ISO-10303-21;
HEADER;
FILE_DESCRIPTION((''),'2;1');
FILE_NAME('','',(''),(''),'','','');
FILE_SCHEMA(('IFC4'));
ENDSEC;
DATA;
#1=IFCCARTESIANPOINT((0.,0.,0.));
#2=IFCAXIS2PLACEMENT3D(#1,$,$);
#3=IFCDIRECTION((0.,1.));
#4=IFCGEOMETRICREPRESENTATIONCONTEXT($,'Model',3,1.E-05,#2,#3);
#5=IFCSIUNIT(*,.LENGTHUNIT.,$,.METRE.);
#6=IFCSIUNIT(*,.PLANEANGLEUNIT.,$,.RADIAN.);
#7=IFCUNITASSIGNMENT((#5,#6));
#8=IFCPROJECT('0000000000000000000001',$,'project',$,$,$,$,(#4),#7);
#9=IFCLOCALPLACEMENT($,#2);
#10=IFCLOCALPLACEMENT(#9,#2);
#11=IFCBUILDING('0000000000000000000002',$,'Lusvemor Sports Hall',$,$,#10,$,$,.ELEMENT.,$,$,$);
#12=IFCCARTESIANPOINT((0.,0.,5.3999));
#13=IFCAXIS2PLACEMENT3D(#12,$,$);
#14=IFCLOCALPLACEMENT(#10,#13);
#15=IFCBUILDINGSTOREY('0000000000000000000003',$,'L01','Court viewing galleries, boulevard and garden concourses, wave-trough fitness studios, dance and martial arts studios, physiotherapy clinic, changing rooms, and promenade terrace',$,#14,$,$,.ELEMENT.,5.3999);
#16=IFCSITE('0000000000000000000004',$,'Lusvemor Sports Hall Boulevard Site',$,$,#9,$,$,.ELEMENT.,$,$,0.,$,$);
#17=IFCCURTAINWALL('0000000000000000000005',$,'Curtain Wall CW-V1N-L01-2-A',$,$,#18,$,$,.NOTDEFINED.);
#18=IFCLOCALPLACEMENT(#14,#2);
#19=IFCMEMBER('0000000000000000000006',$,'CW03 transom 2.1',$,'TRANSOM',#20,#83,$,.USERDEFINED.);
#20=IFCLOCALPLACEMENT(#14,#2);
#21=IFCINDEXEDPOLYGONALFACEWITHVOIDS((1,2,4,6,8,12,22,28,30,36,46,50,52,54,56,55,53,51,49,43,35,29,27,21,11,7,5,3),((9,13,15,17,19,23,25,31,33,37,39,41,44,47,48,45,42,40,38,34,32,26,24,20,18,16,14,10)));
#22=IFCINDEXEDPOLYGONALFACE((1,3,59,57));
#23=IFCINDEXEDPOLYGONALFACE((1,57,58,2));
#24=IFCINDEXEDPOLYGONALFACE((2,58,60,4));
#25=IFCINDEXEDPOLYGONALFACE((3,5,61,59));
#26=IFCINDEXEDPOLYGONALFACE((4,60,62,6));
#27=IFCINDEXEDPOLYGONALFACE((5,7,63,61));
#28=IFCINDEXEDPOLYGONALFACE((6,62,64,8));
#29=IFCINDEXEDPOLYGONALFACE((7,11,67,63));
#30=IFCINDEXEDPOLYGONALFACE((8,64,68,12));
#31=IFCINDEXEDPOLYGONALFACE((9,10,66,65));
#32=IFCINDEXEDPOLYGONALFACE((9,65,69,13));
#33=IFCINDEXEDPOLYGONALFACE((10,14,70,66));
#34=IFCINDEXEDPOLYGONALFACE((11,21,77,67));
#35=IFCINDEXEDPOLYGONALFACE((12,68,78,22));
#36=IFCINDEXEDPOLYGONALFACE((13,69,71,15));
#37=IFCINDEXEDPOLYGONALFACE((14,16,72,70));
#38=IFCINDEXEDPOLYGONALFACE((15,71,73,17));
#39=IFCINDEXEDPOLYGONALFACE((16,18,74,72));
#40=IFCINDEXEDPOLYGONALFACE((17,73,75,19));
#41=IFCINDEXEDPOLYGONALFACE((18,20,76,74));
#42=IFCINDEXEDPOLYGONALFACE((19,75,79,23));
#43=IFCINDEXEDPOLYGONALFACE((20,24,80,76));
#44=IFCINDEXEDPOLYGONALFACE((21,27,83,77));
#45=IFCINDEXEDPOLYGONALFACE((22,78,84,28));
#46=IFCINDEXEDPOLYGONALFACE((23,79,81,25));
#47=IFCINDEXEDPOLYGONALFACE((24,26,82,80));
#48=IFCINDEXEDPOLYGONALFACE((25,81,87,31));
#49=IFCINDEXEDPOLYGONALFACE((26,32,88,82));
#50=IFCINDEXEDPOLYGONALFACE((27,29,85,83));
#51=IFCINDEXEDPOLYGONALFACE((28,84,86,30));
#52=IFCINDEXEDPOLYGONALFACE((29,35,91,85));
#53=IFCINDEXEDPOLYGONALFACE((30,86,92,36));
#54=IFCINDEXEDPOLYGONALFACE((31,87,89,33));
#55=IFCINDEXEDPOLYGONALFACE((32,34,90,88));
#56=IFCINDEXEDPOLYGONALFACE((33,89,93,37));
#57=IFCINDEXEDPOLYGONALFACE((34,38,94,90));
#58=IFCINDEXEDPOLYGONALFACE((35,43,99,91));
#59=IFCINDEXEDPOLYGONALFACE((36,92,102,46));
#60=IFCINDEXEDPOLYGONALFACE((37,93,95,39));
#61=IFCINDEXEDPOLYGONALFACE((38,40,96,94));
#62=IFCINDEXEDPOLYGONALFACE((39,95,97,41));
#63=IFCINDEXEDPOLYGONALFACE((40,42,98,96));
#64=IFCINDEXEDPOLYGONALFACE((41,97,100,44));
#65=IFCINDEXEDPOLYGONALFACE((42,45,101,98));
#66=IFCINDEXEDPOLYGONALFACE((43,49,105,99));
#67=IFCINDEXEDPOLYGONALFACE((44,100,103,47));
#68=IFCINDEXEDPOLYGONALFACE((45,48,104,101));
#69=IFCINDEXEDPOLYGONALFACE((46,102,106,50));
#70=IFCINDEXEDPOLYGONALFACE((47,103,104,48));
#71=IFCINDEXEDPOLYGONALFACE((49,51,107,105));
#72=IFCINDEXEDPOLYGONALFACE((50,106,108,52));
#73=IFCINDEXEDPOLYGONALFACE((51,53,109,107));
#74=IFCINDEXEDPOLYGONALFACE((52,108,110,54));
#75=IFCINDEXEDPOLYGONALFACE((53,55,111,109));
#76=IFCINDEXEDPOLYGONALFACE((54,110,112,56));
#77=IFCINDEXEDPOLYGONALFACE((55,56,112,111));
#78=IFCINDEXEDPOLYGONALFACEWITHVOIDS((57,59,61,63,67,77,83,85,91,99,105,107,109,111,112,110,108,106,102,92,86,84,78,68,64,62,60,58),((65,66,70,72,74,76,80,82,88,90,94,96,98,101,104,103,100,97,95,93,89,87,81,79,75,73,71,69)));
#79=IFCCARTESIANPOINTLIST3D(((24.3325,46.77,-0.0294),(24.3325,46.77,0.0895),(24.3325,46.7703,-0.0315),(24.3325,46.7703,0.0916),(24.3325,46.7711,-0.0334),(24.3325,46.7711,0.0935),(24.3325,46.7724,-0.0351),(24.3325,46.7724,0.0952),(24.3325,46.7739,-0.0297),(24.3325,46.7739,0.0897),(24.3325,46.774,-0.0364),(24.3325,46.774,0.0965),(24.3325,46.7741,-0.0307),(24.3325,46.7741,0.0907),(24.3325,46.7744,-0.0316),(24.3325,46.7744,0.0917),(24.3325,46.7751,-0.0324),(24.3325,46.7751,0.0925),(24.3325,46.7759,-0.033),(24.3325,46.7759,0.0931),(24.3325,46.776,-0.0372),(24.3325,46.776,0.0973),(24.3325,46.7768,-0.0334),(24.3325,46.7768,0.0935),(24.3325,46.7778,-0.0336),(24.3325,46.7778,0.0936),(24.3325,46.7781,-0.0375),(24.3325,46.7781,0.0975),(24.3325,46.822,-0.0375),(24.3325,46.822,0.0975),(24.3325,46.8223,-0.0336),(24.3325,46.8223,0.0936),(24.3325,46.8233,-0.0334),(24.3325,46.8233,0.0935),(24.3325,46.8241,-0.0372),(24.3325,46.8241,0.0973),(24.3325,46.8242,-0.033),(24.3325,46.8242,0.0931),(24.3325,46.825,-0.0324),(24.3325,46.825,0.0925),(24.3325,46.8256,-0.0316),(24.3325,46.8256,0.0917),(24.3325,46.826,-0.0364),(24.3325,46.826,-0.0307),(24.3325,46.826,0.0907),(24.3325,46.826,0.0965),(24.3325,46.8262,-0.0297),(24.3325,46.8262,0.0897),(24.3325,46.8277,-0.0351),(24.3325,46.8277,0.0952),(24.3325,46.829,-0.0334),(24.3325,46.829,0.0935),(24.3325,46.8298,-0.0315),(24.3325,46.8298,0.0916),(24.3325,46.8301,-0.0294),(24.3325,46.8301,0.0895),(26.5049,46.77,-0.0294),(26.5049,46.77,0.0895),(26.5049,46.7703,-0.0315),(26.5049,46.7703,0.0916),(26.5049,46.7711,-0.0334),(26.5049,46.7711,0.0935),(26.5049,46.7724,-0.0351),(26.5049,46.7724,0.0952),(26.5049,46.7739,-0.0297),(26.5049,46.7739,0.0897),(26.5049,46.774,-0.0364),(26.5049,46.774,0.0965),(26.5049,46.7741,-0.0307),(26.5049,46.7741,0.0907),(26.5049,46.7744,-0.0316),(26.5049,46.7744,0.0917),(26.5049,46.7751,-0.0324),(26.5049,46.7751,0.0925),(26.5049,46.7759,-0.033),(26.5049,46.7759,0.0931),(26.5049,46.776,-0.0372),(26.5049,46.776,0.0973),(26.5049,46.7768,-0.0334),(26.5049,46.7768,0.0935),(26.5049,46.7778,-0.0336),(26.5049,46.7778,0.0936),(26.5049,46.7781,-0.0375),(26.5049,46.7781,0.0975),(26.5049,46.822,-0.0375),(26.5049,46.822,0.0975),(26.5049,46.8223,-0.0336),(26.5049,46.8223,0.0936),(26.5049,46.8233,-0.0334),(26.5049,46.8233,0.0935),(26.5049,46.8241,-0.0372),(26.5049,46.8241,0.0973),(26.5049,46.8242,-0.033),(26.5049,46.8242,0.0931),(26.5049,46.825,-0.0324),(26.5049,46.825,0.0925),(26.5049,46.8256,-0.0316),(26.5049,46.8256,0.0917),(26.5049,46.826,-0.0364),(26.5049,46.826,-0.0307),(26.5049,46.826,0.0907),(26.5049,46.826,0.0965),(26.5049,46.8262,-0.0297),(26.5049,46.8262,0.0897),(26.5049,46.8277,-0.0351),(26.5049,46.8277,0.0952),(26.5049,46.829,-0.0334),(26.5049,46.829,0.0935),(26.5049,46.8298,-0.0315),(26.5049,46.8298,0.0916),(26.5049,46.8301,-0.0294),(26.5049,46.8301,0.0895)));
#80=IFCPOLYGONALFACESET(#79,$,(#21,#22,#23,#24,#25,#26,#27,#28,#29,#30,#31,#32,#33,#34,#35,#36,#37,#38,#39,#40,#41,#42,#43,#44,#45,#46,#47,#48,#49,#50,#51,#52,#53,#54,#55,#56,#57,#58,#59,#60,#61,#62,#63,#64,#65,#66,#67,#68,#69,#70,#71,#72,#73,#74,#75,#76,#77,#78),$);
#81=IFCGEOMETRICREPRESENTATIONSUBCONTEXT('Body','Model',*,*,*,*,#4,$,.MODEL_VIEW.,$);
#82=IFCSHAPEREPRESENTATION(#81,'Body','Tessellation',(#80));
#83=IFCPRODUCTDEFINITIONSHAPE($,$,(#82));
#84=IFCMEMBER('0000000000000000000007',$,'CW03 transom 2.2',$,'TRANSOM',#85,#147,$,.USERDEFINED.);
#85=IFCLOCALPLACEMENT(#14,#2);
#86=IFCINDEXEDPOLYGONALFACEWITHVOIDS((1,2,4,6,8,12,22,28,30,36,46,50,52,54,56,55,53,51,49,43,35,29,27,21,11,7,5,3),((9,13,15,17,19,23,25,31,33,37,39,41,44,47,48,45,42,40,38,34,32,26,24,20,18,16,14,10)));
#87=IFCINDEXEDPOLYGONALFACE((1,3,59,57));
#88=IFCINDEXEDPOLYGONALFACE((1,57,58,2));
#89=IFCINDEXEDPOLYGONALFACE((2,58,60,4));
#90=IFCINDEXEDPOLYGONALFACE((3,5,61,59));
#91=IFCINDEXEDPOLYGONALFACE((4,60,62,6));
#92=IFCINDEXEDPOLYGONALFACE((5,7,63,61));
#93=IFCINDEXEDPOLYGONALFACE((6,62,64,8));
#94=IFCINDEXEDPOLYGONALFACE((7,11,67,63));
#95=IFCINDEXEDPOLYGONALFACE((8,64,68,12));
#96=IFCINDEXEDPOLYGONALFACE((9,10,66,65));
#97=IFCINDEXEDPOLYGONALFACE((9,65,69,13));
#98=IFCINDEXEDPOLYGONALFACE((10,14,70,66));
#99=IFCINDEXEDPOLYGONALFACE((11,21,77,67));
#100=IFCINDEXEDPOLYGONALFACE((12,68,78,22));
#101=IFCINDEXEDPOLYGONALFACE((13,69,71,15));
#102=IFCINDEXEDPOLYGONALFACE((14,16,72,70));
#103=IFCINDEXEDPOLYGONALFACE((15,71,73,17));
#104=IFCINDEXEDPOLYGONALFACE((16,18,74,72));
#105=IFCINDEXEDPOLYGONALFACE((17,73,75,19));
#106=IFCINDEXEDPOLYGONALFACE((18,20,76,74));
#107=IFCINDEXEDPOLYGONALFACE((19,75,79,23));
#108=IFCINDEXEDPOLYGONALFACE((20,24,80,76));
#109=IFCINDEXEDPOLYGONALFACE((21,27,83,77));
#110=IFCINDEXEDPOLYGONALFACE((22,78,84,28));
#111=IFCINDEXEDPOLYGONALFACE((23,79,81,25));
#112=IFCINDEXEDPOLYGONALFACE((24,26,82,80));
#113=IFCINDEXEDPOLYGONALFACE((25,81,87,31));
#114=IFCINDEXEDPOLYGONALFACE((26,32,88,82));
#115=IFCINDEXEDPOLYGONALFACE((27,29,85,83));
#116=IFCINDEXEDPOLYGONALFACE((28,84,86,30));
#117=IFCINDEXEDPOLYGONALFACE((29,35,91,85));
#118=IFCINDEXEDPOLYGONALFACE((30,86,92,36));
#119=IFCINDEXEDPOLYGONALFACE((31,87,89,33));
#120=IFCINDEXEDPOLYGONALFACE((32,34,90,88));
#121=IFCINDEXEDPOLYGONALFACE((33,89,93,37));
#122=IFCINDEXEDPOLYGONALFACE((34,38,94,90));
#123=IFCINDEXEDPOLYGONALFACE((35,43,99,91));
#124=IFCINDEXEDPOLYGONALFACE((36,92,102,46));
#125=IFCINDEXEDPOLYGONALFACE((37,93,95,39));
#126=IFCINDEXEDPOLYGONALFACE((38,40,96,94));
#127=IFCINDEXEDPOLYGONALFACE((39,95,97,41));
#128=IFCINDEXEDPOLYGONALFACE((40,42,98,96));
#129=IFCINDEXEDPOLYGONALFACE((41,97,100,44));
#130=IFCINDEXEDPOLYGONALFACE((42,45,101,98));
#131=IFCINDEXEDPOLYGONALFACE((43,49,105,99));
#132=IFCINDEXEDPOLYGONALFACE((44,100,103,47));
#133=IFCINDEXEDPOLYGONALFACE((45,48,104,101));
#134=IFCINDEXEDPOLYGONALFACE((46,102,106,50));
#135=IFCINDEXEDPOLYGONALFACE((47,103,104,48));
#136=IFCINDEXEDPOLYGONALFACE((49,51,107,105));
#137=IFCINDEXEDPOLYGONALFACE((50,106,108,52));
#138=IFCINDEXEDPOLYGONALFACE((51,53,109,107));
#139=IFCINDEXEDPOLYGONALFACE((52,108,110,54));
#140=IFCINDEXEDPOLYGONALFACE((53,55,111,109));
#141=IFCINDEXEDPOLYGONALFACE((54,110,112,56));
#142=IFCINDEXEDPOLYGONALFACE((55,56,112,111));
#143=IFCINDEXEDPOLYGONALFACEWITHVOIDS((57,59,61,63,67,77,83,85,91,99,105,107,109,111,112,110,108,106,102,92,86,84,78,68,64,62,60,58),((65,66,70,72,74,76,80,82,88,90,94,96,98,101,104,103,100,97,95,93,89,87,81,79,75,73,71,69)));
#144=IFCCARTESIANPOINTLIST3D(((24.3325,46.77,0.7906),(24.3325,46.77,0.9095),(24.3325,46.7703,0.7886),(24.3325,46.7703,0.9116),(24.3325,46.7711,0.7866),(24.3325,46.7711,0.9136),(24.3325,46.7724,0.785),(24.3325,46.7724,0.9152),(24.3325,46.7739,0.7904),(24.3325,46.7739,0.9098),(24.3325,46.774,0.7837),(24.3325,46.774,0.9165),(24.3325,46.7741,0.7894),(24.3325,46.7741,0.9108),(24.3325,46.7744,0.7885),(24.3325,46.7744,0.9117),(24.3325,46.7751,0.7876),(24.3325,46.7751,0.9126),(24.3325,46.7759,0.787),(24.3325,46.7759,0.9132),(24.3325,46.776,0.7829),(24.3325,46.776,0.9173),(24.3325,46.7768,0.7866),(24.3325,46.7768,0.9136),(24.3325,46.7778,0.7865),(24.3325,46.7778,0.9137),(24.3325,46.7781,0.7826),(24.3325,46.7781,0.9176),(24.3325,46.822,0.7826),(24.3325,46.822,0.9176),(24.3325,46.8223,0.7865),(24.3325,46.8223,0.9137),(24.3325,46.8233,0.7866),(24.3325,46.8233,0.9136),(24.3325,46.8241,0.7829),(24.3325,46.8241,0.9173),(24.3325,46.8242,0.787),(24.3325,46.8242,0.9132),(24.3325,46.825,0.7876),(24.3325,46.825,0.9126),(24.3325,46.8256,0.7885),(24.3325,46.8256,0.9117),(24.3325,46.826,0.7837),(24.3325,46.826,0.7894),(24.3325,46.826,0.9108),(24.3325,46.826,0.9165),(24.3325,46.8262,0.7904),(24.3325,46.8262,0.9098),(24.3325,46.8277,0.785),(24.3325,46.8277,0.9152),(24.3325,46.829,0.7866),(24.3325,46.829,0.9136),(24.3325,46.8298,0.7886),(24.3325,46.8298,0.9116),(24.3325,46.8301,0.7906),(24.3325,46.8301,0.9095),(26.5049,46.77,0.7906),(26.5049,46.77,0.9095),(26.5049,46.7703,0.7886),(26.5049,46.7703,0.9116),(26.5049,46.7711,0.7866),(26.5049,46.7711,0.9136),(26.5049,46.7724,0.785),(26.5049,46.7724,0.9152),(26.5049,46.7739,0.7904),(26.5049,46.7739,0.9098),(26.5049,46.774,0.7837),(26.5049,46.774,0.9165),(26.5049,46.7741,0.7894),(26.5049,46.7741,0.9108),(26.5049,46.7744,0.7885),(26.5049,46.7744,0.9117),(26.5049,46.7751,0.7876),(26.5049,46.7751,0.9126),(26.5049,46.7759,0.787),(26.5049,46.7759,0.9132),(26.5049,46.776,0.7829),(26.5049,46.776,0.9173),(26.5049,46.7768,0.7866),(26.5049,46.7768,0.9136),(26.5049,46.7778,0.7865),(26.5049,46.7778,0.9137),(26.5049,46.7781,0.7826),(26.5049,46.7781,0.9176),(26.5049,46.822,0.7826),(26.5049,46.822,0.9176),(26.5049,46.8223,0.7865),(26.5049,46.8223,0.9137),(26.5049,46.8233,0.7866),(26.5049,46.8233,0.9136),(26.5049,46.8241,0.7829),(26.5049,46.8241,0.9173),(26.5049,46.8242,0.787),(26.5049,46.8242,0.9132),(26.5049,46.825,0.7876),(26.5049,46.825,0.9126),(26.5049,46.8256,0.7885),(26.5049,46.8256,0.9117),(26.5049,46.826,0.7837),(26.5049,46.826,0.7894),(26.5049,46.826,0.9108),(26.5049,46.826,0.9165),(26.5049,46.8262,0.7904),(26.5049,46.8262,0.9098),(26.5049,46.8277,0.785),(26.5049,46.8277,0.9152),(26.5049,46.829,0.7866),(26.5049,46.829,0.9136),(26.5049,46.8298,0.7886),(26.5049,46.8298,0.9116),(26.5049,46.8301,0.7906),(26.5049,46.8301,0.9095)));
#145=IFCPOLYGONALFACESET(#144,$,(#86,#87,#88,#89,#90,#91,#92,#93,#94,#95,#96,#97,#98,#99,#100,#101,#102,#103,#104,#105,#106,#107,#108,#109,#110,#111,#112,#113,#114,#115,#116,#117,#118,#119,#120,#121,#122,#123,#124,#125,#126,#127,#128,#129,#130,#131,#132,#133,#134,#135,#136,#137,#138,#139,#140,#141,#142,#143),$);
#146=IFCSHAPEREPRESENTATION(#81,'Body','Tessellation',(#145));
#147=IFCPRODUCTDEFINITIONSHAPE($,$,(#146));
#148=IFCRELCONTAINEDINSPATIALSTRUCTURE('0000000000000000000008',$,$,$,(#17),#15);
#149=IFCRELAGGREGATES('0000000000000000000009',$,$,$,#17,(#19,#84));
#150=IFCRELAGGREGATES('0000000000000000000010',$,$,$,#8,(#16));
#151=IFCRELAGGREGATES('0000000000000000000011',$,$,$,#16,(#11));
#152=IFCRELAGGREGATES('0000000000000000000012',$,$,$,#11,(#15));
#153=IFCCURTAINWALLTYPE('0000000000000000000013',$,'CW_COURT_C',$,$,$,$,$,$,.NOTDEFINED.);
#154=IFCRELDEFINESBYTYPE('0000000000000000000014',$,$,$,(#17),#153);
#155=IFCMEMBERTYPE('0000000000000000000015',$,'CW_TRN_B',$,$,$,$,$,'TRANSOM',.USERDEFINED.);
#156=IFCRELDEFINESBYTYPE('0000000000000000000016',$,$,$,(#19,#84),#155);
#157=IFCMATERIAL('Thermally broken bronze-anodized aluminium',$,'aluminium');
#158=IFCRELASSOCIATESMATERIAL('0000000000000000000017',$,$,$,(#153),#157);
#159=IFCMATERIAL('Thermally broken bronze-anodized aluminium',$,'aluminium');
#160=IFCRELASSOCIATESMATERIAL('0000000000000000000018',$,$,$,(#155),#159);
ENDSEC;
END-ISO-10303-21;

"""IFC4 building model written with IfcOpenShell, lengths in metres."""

from ifc_helpers import new_model, si_unit, direction, frame, origin, origin_2d, place, context, subcontext, project, spatial, hollow_rectangle, extrude, material, material_profile, profile_set, type_object, element, aggregate, save


model = new_model("IFC4")

# Units and contexts
model_context = context("Model", 3, precision=1e-05, world=origin(), true_north=direction((0.0, 1.0)))
body_context = subcontext(model_context, "Body", "Model", "MODEL_VIEW")
ifc_project = project(units=[si_unit("LENGTHUNIT", "METRE"), si_unit("PLANEANGLEUNIT", "RADIAN")], contexts=[model_context])

# Site, building, storey
site_placement = place(None, origin())
site = spatial("IfcSite", under=ifc_project, at=site_placement, Name="Lusvemor Sports Hall Boulevard Site", CompositionType="ELEMENT", RefElevation=0.0)
building_placement = place(site_placement, origin())
building = spatial("IfcBuilding", under=site, at=building_placement, Name="Lusvemor Sports Hall", CompositionType="ELEMENT")
storey_placement = place(building_placement, frame((0.0, 0.0, 5.3999)))
storey = spatial("IfcBuildingStorey", under=building, at=storey_placement, Name="L01", Description="Court viewing galleries, boulevard and garden concourses, wave-trough fitness studios, dance and martial arts studios, physiotherapy clinic, changing rooms, and promenade terrace", CompositionType="ELEMENT", Elevation=5.3999)

# Curtain wall
ifc_material_1 = material(Name="Thermally broken bronze-anodized aluminium", Category="aluminium")
curtain_wall_type = type_object("IfcCurtainWallType", Name="CW_COURT_C", PredefinedType="NOTDEFINED", material=ifc_material_1)
curtain_wall_1_placement = place(storey_placement, origin())
curtain_wall_1 = element("IfcCurtainWall", 1, at=curtain_wall_1_placement, inside=storey, type_object=curtain_wall_type, Name="Curtain Wall CW-V1N-L01-2-A", PredefinedType="NOTDEFINED")

# Members
ifc_material_2 = material(Name="Thermally broken bronze-anodized aluminium", Category="aluminium")
ifc_material_profile_1 = material_profile(ifc_material_2, hollow_rectangle(XDim=0.0601, YDim=0.135, WallThickness=0.0039, InnerFilletRadius=0.0039, OuterFilletRadius=0.0081, at=origin_2d()), Name="CWTRN135x60x4")
ifc_profile_set_1 = profile_set([ifc_material_profile_1], Name="Thermally broken bronze-anodized aluminium")
member_type_1 = type_object("IfcMemberType", Name="CW_TRN_B", ElementType="TRANSOM", PredefinedType="USERDEFINED", material=ifc_profile_set_1)
member_1_placement = place(storey_placement, frame((24.3325, 46.8, 0.03), z_axis=(1.0, 0.0, 0.0), x_axis=(0.0, 1.0, 0.0)))
member_1 = element("IfcMember", 2, at=member_1_placement, type_object=member_type_1, Name="CW03 transom 2.1", ObjectType="TRANSOM", PredefinedType="USERDEFINED", context=body_context, shape_type="SweptSolid", body=[
    extrude(hollow_rectangle(XDim=0.0601, YDim=0.135, WallThickness=0.0039, InnerFilletRadius=0.0039, OuterFilletRadius=0.0081, at=origin_2d()), origin(), (0.0, 0.0, 1.0), 2.1724),
])
member_2_placement = place(storey_placement, frame((24.3325, 46.8, 0.8501), z_axis=(1.0, 0.0, 0.0), x_axis=(0.0, 1.0, 0.0)))
member_2 = element("IfcMember", 3, at=member_2_placement, type_object=member_type_1, Name="CW03 transom 2.2", ObjectType="TRANSOM", PredefinedType="USERDEFINED", context=body_context, shape_type="SweptSolid", body=[
    extrude(hollow_rectangle(XDim=0.0601, YDim=0.135, WallThickness=0.0039, InnerFilletRadius=0.0039, OuterFilletRadius=0.0081, at=origin_2d()), origin(), (0.0, 0.0, 1.0), 2.1724),
])

aggregate(curtain_wall_1, [member_1, member_2])

save(model, "model.ifc")
